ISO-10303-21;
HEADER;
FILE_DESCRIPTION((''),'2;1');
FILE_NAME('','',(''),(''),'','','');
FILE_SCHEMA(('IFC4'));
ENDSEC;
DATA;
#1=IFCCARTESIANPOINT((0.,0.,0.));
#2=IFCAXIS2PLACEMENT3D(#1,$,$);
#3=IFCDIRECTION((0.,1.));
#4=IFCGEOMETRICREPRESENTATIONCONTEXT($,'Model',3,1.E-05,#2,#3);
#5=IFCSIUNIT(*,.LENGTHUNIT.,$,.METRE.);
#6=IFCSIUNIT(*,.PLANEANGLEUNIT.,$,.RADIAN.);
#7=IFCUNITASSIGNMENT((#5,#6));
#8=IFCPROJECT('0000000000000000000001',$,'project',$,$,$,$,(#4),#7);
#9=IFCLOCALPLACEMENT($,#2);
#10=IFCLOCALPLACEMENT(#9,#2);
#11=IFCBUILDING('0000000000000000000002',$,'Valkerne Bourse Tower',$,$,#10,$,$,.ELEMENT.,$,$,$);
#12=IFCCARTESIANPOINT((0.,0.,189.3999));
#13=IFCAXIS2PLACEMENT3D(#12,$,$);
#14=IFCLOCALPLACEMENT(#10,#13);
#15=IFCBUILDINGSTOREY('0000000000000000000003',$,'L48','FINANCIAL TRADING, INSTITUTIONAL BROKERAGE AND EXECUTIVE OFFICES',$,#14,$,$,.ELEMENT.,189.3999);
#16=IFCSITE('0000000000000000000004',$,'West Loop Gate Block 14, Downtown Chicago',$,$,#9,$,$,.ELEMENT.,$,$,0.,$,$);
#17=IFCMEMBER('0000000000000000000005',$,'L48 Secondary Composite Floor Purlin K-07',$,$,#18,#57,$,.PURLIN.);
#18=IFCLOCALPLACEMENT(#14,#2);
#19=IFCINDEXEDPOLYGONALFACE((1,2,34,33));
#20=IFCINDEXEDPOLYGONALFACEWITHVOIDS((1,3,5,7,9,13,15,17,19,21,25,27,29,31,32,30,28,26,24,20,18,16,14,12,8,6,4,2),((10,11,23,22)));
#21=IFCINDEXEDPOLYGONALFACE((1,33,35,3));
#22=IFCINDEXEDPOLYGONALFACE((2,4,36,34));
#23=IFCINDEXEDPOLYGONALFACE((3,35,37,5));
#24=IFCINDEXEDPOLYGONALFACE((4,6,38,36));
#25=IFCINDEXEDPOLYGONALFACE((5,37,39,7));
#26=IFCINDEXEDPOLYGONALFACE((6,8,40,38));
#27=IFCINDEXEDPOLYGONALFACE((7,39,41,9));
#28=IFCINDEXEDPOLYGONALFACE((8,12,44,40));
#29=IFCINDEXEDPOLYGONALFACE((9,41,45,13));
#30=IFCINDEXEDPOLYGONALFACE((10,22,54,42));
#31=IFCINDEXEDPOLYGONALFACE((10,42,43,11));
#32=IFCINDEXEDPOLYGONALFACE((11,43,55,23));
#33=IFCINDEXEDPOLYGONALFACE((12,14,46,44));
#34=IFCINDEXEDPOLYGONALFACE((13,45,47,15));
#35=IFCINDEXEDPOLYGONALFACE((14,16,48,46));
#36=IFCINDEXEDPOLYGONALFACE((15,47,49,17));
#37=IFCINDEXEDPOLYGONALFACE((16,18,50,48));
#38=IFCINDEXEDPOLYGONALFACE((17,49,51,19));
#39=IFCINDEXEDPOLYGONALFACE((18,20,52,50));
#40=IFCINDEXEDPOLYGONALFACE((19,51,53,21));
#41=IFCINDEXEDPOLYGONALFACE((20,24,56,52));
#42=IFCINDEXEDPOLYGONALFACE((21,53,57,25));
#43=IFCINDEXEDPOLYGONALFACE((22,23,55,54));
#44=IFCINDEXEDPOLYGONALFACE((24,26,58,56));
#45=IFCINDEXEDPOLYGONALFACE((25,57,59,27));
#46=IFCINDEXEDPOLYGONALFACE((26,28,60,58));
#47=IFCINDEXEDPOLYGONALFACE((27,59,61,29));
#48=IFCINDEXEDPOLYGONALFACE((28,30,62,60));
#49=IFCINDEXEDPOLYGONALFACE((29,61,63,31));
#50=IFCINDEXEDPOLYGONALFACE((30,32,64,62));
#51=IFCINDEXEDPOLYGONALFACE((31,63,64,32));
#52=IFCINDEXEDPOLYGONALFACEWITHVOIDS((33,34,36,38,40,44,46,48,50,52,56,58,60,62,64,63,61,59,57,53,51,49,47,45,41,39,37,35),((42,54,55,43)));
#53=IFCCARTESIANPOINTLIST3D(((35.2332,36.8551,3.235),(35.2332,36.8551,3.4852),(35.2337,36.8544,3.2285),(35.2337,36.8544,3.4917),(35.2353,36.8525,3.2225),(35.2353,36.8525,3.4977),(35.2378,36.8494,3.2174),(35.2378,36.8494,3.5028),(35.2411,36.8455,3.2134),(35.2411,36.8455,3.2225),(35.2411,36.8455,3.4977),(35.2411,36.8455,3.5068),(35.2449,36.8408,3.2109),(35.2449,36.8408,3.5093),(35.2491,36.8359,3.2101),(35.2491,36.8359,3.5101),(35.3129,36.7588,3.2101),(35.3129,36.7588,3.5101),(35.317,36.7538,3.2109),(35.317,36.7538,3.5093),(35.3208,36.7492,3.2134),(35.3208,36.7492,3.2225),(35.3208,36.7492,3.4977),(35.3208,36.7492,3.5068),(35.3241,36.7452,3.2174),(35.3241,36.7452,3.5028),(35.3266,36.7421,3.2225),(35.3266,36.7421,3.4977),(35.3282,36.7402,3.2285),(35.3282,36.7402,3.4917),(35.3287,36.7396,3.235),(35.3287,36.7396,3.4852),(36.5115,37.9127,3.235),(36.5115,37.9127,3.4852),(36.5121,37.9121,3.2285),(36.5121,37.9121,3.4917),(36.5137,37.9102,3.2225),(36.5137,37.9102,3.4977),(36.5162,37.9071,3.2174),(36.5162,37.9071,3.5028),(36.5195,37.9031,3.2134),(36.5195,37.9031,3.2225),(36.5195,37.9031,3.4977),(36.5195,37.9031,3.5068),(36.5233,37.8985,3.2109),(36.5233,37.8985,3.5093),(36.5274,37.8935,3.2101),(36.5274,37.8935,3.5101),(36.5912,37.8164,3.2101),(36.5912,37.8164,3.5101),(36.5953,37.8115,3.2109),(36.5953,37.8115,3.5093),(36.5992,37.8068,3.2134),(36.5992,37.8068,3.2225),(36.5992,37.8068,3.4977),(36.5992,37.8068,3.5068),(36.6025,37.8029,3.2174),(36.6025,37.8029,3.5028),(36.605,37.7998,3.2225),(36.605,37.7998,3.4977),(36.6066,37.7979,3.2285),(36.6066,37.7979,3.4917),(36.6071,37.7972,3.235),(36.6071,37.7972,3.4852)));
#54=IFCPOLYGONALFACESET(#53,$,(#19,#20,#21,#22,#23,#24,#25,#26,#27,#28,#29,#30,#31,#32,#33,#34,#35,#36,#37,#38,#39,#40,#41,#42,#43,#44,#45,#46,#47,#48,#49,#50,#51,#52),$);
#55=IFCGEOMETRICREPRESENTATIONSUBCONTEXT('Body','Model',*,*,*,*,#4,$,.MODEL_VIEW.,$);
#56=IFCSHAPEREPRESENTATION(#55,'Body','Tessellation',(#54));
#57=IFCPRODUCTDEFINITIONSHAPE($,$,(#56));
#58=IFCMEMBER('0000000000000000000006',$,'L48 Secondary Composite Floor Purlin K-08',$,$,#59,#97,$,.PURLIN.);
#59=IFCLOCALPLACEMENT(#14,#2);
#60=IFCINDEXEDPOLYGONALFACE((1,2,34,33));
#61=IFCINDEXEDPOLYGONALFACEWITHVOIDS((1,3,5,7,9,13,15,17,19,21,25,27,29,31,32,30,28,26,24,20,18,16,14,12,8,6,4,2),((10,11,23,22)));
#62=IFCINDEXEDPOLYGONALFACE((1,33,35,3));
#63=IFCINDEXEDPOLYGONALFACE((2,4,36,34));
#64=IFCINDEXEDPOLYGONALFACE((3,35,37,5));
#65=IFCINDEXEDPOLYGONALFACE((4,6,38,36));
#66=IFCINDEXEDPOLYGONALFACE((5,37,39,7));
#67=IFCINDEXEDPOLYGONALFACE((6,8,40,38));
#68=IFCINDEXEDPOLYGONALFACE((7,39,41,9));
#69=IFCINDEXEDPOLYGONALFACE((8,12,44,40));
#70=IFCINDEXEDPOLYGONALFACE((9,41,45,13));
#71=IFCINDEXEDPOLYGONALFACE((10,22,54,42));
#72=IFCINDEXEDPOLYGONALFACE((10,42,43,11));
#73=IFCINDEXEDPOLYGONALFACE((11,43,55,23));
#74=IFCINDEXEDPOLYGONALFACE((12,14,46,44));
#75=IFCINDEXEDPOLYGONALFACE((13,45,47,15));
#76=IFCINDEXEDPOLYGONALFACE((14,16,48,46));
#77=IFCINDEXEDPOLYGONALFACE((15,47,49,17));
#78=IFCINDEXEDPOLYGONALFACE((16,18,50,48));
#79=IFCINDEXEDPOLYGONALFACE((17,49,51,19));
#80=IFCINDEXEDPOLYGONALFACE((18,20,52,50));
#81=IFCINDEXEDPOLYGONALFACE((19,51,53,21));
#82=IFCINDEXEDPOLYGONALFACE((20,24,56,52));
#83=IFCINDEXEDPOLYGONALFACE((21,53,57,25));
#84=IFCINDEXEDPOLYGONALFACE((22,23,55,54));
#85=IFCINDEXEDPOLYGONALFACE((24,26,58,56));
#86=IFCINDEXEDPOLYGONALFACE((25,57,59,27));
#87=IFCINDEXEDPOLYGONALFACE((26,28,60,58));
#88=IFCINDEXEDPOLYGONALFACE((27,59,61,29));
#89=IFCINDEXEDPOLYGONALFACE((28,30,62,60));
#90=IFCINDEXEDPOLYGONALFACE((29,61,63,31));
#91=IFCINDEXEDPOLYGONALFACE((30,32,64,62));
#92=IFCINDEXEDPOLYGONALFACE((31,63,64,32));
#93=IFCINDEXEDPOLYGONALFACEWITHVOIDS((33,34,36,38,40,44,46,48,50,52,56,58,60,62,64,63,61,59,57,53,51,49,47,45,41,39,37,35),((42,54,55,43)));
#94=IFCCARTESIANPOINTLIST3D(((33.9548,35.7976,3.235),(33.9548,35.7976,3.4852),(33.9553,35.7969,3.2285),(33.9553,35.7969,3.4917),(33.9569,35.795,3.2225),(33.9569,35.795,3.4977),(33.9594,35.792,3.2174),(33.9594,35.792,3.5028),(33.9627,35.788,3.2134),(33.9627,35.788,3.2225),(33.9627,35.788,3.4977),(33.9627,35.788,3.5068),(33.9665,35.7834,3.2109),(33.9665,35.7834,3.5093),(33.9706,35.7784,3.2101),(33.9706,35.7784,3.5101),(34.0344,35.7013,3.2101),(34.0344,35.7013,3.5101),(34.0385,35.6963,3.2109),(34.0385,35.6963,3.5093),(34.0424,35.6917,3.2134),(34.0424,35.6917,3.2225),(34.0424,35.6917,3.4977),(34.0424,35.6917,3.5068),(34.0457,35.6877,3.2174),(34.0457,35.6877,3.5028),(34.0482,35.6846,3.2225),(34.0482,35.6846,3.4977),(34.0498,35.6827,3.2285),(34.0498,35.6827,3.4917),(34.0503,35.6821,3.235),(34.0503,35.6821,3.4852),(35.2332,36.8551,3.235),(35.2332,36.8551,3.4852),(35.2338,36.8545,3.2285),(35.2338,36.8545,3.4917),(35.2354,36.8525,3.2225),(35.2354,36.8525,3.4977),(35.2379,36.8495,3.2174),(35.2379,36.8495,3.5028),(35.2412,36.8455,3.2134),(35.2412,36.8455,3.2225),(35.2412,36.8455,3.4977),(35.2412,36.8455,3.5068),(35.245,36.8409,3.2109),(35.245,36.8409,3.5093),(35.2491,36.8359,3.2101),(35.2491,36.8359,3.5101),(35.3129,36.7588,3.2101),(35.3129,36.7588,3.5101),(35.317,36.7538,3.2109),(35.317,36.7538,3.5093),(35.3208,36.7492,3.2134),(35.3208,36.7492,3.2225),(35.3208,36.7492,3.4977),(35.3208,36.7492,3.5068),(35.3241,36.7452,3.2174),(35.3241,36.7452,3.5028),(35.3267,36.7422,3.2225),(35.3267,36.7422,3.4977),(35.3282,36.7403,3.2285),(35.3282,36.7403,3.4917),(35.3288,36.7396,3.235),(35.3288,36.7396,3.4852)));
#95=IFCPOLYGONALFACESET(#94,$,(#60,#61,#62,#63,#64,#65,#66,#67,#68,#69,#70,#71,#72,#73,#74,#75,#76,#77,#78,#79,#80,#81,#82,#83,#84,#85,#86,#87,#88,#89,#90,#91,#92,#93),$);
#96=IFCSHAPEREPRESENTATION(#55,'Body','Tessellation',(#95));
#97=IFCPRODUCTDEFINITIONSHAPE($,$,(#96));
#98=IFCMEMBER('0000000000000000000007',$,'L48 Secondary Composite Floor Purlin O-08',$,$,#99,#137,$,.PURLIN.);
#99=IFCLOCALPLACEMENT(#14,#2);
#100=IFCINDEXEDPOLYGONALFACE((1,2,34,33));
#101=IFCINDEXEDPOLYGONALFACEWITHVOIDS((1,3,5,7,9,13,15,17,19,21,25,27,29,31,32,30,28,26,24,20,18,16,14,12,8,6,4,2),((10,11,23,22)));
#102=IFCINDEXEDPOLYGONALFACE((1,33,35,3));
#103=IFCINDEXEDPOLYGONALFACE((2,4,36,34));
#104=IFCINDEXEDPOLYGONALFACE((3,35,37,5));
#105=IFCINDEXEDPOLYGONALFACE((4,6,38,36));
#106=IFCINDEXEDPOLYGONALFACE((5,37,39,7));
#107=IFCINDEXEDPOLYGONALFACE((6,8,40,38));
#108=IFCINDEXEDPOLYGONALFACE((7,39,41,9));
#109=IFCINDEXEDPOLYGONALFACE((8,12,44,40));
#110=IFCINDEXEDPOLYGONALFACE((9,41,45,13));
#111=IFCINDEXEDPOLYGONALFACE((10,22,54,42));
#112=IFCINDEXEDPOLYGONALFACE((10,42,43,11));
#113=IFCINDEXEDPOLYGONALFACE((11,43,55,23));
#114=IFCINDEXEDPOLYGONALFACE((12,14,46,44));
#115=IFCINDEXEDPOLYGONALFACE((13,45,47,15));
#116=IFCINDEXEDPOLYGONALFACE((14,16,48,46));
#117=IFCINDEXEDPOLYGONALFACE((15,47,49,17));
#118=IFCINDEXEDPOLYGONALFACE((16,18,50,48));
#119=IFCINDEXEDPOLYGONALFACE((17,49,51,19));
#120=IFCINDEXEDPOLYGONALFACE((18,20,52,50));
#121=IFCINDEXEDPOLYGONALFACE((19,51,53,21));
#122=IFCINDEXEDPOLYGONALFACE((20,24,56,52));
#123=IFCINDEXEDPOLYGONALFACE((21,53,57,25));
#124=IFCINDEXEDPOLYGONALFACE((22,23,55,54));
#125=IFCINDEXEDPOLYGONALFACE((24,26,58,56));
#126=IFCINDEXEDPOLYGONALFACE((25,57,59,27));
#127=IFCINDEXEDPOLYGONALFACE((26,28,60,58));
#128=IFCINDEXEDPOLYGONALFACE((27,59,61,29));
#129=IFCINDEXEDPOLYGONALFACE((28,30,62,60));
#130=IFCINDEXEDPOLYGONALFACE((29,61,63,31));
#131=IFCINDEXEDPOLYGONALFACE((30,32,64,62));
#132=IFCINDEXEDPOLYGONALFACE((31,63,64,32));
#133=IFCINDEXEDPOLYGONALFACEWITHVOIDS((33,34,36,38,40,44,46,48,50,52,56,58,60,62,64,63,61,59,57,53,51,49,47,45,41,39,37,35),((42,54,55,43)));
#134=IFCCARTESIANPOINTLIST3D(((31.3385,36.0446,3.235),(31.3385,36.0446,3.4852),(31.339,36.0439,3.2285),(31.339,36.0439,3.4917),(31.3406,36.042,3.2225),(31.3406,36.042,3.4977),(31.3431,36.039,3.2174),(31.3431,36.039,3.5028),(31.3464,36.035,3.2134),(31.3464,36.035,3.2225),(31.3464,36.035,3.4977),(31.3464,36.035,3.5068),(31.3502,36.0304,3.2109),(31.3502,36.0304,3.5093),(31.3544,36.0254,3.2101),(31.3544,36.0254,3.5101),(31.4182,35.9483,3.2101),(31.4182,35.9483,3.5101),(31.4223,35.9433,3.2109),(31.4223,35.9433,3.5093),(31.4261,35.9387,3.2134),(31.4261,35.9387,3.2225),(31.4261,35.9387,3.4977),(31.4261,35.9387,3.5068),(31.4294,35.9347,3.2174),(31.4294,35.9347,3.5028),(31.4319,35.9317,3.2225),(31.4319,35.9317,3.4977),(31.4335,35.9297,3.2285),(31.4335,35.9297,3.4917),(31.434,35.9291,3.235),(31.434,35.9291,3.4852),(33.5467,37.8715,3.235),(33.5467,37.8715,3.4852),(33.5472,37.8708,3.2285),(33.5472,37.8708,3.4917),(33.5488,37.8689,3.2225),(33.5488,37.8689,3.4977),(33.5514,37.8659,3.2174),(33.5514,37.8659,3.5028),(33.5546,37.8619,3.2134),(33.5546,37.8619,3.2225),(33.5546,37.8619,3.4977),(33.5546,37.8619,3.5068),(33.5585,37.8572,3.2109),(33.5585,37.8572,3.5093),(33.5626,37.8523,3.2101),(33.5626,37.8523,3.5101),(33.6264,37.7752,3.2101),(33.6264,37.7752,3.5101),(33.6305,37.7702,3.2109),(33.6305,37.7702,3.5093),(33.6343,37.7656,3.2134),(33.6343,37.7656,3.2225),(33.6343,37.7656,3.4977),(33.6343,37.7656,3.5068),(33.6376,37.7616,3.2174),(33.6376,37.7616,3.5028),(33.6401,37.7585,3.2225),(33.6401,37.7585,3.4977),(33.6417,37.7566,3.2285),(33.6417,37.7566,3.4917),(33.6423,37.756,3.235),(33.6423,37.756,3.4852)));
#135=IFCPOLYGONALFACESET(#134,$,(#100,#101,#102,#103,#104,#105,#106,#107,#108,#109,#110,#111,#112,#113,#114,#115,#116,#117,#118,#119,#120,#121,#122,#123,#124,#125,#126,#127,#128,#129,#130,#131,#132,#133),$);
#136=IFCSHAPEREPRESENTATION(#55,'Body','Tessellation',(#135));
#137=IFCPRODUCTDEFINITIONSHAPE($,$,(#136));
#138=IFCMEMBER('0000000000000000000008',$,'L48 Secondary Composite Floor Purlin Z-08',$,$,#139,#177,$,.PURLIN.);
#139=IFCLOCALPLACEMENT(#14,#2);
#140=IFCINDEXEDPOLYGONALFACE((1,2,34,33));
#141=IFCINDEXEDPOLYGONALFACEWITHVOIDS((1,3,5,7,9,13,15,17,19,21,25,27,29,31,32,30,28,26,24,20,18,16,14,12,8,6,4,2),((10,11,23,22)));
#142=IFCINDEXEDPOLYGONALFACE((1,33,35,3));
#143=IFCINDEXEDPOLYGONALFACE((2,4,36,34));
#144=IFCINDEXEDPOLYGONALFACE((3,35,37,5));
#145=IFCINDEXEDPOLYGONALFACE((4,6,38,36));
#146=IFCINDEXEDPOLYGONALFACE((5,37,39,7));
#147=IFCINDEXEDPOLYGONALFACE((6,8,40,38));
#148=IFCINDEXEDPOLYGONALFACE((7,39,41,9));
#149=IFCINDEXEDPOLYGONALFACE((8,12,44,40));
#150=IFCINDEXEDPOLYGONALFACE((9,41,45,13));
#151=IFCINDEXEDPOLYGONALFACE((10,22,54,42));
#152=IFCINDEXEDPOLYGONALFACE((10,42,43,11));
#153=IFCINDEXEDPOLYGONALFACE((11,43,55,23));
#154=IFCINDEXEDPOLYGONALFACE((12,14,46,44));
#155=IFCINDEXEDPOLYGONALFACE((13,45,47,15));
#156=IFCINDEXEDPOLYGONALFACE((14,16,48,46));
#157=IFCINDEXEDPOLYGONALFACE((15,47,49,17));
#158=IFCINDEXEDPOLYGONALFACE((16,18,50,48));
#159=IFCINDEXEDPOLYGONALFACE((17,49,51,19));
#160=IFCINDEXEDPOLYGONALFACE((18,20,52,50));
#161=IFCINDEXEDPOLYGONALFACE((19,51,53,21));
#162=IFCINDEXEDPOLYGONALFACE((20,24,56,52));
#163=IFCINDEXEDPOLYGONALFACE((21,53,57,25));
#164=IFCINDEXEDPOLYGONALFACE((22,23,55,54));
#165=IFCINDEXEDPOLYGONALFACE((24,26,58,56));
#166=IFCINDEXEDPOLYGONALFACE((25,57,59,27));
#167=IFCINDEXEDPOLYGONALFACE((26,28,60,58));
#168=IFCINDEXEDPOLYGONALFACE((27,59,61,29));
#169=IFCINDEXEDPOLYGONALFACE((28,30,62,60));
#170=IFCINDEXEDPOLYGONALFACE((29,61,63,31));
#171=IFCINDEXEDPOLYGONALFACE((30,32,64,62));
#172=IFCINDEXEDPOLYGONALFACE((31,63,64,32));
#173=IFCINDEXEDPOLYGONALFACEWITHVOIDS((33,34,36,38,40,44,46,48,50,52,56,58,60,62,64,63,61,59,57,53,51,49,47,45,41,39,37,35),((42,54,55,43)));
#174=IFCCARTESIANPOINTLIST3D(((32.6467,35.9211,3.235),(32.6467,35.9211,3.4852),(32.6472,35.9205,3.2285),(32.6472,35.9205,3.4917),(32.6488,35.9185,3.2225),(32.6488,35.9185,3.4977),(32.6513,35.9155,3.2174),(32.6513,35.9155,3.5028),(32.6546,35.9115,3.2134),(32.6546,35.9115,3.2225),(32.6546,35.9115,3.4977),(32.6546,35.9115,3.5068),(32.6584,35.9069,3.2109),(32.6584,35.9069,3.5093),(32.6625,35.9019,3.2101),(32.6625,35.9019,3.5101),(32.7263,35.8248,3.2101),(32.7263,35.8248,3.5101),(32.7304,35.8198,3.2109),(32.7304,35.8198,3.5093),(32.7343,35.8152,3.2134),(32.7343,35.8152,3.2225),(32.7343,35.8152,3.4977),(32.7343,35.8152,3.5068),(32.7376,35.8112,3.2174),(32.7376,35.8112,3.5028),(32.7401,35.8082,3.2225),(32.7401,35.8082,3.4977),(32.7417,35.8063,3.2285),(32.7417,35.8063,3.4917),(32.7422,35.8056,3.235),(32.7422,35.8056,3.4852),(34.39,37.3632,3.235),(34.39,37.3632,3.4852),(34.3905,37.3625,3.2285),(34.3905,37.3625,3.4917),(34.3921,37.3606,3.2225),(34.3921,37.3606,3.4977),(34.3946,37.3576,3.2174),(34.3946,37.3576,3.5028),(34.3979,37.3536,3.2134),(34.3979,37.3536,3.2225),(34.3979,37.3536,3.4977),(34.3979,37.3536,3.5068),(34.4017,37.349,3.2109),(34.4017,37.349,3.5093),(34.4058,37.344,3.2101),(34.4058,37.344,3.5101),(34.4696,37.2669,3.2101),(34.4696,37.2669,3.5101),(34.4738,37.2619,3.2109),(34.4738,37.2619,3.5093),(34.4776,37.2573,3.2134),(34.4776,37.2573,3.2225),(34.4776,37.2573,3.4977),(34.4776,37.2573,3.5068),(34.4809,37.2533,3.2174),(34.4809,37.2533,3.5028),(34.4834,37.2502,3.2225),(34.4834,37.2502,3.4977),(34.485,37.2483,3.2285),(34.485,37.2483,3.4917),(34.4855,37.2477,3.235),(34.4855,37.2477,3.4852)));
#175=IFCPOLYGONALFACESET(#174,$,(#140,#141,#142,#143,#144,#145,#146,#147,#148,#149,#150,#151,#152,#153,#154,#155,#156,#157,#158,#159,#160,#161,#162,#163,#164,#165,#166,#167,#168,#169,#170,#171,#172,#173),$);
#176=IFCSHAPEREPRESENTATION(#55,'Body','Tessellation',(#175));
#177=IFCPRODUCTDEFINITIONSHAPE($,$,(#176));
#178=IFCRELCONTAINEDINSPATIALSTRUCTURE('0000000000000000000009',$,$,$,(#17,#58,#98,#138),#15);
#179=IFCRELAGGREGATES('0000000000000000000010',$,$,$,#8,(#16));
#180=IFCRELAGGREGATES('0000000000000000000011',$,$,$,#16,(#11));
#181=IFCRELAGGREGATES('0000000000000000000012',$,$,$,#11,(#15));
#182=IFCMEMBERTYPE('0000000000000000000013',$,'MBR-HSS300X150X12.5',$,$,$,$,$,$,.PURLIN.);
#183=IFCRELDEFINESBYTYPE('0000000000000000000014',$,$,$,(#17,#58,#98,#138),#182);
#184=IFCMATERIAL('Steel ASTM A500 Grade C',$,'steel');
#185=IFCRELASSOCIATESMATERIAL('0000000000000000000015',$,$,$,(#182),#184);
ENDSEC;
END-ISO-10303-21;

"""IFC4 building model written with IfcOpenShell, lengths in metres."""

from ifc_helpers import new_model, si_unit, direction, frame, origin, origin_2d, place, context, subcontext, project, spatial, hollow_rectangle, extrude, material, material_profile, profile_set, type_object, element, save


model = new_model("IFC4")

# Units and contexts
model_context = context("Model", 3, precision=1e-05, world=origin(), true_north=direction((0.0, 1.0)))
body_context = subcontext(model_context, "Body", "Model", "MODEL_VIEW")
ifc_project = project(units=[si_unit("LENGTHUNIT", "METRE"), si_unit("PLANEANGLEUNIT", "RADIAN")], contexts=[model_context])

# Site, building, storey
site_placement = place(None, origin())
site = spatial("IfcSite", under=ifc_project, at=site_placement, Name="West Loop Gate Block 14, Downtown Chicago", CompositionType="ELEMENT", RefElevation=0.0)
building_placement = place(site_placement, origin())
building = spatial("IfcBuilding", under=site, at=building_placement, Name="Valkerne Bourse Tower", CompositionType="ELEMENT")
storey_placement = place(building_placement, frame((0.0, 0.0, 189.3999)))
storey = spatial("IfcBuildingStorey", under=building, at=storey_placement, Name="L48", Description="FINANCIAL TRADING, INSTITUTIONAL BROKERAGE AND EXECUTIVE OFFICES", CompositionType="ELEMENT", Elevation=189.3999)

# Members
ifc_material_1 = material(Name="Steel ASTM A500 Grade C", Category="steel")
ifc_material_profile_1 = material_profile(ifc_material_1, hollow_rectangle(XDim=0.1499, YDim=0.3, WallThickness=0.0125, OuterFilletRadius=0.0249, at=origin_2d()), Name="HSS300X150X12.5")
ifc_profile_set_1 = profile_set([ifc_material_profile_1], Name="Steel ASTM A500 Grade C")
member_type_1 = type_object("IfcMemberType", Name="MBR-HSS300X150X12.5", PredefinedType="PURLIN", material=ifc_profile_set_1)
for number, where, z_axis, x_axis, name in (
    (1, (36.5593, 37.855, 3.3601), (-0.770484, -0.637459, 0.0), (0.637459, -0.770484, 0.0), "L48 Secondary Composite Floor Purlin K-07"),
    (2, (35.281, 36.7974, 3.3601), (-0.770544, -0.637387, 0.0), (0.637387, -0.770544, 0.0), "L48 Secondary Composite Floor Purlin K-08"),
):
    element("IfcMember", number, at=place(storey_placement, frame(where, z_axis=z_axis, x_axis=x_axis)), inside=storey, type_object=member_type_1, Name=name, PredefinedType="PURLIN", context=body_context, shape_type="SweptSolid", body=[
        extrude(hollow_rectangle(XDim=0.1499, YDim=0.3, WallThickness=0.0125, OuterFilletRadius=0.0249, at=origin_2d()), origin(), (0.0, 0.0, 1.0), 1.6592),
    ])
member_1_placement = place(storey_placement, frame((33.5945, 37.8137, 3.3601), z_axis=(-0.7705, -0.63744, 0.0), x_axis=(0.63744, -0.7705, 0.0)))
element("IfcMember", 3, at=member_1_placement, inside=storey, type_object=member_type_1, Name="L48 Secondary Composite Floor Purlin O-08", PredefinedType="PURLIN", context=body_context, shape_type="SweptSolid", body=[
    extrude(hollow_rectangle(XDim=0.1499, YDim=0.3, WallThickness=0.0125, OuterFilletRadius=0.0249, at=origin_2d()), origin(), (0.0, 0.0, 1.0), 2.866),
])
member_2_placement = place(storey_placement, frame((34.4377, 37.3054, 3.3601), z_axis=(-0.770542, -0.637389, 0.0), x_axis=(0.637389, -0.770542, 0.0)))
element("IfcMember", 4, at=member_2_placement, inside=storey, type_object=member_type_1, Name="L48 Secondary Composite Floor Purlin Z-08", PredefinedType="PURLIN", context=body_context, shape_type="SweptSolid", body=[
    extrude(hollow_rectangle(XDim=0.1499, YDim=0.3, WallThickness=0.0125, OuterFilletRadius=0.0249, at=origin_2d()), origin(), (0.0, 0.0, 1.0), 2.2625),
])

save(model, "model.ifc")
